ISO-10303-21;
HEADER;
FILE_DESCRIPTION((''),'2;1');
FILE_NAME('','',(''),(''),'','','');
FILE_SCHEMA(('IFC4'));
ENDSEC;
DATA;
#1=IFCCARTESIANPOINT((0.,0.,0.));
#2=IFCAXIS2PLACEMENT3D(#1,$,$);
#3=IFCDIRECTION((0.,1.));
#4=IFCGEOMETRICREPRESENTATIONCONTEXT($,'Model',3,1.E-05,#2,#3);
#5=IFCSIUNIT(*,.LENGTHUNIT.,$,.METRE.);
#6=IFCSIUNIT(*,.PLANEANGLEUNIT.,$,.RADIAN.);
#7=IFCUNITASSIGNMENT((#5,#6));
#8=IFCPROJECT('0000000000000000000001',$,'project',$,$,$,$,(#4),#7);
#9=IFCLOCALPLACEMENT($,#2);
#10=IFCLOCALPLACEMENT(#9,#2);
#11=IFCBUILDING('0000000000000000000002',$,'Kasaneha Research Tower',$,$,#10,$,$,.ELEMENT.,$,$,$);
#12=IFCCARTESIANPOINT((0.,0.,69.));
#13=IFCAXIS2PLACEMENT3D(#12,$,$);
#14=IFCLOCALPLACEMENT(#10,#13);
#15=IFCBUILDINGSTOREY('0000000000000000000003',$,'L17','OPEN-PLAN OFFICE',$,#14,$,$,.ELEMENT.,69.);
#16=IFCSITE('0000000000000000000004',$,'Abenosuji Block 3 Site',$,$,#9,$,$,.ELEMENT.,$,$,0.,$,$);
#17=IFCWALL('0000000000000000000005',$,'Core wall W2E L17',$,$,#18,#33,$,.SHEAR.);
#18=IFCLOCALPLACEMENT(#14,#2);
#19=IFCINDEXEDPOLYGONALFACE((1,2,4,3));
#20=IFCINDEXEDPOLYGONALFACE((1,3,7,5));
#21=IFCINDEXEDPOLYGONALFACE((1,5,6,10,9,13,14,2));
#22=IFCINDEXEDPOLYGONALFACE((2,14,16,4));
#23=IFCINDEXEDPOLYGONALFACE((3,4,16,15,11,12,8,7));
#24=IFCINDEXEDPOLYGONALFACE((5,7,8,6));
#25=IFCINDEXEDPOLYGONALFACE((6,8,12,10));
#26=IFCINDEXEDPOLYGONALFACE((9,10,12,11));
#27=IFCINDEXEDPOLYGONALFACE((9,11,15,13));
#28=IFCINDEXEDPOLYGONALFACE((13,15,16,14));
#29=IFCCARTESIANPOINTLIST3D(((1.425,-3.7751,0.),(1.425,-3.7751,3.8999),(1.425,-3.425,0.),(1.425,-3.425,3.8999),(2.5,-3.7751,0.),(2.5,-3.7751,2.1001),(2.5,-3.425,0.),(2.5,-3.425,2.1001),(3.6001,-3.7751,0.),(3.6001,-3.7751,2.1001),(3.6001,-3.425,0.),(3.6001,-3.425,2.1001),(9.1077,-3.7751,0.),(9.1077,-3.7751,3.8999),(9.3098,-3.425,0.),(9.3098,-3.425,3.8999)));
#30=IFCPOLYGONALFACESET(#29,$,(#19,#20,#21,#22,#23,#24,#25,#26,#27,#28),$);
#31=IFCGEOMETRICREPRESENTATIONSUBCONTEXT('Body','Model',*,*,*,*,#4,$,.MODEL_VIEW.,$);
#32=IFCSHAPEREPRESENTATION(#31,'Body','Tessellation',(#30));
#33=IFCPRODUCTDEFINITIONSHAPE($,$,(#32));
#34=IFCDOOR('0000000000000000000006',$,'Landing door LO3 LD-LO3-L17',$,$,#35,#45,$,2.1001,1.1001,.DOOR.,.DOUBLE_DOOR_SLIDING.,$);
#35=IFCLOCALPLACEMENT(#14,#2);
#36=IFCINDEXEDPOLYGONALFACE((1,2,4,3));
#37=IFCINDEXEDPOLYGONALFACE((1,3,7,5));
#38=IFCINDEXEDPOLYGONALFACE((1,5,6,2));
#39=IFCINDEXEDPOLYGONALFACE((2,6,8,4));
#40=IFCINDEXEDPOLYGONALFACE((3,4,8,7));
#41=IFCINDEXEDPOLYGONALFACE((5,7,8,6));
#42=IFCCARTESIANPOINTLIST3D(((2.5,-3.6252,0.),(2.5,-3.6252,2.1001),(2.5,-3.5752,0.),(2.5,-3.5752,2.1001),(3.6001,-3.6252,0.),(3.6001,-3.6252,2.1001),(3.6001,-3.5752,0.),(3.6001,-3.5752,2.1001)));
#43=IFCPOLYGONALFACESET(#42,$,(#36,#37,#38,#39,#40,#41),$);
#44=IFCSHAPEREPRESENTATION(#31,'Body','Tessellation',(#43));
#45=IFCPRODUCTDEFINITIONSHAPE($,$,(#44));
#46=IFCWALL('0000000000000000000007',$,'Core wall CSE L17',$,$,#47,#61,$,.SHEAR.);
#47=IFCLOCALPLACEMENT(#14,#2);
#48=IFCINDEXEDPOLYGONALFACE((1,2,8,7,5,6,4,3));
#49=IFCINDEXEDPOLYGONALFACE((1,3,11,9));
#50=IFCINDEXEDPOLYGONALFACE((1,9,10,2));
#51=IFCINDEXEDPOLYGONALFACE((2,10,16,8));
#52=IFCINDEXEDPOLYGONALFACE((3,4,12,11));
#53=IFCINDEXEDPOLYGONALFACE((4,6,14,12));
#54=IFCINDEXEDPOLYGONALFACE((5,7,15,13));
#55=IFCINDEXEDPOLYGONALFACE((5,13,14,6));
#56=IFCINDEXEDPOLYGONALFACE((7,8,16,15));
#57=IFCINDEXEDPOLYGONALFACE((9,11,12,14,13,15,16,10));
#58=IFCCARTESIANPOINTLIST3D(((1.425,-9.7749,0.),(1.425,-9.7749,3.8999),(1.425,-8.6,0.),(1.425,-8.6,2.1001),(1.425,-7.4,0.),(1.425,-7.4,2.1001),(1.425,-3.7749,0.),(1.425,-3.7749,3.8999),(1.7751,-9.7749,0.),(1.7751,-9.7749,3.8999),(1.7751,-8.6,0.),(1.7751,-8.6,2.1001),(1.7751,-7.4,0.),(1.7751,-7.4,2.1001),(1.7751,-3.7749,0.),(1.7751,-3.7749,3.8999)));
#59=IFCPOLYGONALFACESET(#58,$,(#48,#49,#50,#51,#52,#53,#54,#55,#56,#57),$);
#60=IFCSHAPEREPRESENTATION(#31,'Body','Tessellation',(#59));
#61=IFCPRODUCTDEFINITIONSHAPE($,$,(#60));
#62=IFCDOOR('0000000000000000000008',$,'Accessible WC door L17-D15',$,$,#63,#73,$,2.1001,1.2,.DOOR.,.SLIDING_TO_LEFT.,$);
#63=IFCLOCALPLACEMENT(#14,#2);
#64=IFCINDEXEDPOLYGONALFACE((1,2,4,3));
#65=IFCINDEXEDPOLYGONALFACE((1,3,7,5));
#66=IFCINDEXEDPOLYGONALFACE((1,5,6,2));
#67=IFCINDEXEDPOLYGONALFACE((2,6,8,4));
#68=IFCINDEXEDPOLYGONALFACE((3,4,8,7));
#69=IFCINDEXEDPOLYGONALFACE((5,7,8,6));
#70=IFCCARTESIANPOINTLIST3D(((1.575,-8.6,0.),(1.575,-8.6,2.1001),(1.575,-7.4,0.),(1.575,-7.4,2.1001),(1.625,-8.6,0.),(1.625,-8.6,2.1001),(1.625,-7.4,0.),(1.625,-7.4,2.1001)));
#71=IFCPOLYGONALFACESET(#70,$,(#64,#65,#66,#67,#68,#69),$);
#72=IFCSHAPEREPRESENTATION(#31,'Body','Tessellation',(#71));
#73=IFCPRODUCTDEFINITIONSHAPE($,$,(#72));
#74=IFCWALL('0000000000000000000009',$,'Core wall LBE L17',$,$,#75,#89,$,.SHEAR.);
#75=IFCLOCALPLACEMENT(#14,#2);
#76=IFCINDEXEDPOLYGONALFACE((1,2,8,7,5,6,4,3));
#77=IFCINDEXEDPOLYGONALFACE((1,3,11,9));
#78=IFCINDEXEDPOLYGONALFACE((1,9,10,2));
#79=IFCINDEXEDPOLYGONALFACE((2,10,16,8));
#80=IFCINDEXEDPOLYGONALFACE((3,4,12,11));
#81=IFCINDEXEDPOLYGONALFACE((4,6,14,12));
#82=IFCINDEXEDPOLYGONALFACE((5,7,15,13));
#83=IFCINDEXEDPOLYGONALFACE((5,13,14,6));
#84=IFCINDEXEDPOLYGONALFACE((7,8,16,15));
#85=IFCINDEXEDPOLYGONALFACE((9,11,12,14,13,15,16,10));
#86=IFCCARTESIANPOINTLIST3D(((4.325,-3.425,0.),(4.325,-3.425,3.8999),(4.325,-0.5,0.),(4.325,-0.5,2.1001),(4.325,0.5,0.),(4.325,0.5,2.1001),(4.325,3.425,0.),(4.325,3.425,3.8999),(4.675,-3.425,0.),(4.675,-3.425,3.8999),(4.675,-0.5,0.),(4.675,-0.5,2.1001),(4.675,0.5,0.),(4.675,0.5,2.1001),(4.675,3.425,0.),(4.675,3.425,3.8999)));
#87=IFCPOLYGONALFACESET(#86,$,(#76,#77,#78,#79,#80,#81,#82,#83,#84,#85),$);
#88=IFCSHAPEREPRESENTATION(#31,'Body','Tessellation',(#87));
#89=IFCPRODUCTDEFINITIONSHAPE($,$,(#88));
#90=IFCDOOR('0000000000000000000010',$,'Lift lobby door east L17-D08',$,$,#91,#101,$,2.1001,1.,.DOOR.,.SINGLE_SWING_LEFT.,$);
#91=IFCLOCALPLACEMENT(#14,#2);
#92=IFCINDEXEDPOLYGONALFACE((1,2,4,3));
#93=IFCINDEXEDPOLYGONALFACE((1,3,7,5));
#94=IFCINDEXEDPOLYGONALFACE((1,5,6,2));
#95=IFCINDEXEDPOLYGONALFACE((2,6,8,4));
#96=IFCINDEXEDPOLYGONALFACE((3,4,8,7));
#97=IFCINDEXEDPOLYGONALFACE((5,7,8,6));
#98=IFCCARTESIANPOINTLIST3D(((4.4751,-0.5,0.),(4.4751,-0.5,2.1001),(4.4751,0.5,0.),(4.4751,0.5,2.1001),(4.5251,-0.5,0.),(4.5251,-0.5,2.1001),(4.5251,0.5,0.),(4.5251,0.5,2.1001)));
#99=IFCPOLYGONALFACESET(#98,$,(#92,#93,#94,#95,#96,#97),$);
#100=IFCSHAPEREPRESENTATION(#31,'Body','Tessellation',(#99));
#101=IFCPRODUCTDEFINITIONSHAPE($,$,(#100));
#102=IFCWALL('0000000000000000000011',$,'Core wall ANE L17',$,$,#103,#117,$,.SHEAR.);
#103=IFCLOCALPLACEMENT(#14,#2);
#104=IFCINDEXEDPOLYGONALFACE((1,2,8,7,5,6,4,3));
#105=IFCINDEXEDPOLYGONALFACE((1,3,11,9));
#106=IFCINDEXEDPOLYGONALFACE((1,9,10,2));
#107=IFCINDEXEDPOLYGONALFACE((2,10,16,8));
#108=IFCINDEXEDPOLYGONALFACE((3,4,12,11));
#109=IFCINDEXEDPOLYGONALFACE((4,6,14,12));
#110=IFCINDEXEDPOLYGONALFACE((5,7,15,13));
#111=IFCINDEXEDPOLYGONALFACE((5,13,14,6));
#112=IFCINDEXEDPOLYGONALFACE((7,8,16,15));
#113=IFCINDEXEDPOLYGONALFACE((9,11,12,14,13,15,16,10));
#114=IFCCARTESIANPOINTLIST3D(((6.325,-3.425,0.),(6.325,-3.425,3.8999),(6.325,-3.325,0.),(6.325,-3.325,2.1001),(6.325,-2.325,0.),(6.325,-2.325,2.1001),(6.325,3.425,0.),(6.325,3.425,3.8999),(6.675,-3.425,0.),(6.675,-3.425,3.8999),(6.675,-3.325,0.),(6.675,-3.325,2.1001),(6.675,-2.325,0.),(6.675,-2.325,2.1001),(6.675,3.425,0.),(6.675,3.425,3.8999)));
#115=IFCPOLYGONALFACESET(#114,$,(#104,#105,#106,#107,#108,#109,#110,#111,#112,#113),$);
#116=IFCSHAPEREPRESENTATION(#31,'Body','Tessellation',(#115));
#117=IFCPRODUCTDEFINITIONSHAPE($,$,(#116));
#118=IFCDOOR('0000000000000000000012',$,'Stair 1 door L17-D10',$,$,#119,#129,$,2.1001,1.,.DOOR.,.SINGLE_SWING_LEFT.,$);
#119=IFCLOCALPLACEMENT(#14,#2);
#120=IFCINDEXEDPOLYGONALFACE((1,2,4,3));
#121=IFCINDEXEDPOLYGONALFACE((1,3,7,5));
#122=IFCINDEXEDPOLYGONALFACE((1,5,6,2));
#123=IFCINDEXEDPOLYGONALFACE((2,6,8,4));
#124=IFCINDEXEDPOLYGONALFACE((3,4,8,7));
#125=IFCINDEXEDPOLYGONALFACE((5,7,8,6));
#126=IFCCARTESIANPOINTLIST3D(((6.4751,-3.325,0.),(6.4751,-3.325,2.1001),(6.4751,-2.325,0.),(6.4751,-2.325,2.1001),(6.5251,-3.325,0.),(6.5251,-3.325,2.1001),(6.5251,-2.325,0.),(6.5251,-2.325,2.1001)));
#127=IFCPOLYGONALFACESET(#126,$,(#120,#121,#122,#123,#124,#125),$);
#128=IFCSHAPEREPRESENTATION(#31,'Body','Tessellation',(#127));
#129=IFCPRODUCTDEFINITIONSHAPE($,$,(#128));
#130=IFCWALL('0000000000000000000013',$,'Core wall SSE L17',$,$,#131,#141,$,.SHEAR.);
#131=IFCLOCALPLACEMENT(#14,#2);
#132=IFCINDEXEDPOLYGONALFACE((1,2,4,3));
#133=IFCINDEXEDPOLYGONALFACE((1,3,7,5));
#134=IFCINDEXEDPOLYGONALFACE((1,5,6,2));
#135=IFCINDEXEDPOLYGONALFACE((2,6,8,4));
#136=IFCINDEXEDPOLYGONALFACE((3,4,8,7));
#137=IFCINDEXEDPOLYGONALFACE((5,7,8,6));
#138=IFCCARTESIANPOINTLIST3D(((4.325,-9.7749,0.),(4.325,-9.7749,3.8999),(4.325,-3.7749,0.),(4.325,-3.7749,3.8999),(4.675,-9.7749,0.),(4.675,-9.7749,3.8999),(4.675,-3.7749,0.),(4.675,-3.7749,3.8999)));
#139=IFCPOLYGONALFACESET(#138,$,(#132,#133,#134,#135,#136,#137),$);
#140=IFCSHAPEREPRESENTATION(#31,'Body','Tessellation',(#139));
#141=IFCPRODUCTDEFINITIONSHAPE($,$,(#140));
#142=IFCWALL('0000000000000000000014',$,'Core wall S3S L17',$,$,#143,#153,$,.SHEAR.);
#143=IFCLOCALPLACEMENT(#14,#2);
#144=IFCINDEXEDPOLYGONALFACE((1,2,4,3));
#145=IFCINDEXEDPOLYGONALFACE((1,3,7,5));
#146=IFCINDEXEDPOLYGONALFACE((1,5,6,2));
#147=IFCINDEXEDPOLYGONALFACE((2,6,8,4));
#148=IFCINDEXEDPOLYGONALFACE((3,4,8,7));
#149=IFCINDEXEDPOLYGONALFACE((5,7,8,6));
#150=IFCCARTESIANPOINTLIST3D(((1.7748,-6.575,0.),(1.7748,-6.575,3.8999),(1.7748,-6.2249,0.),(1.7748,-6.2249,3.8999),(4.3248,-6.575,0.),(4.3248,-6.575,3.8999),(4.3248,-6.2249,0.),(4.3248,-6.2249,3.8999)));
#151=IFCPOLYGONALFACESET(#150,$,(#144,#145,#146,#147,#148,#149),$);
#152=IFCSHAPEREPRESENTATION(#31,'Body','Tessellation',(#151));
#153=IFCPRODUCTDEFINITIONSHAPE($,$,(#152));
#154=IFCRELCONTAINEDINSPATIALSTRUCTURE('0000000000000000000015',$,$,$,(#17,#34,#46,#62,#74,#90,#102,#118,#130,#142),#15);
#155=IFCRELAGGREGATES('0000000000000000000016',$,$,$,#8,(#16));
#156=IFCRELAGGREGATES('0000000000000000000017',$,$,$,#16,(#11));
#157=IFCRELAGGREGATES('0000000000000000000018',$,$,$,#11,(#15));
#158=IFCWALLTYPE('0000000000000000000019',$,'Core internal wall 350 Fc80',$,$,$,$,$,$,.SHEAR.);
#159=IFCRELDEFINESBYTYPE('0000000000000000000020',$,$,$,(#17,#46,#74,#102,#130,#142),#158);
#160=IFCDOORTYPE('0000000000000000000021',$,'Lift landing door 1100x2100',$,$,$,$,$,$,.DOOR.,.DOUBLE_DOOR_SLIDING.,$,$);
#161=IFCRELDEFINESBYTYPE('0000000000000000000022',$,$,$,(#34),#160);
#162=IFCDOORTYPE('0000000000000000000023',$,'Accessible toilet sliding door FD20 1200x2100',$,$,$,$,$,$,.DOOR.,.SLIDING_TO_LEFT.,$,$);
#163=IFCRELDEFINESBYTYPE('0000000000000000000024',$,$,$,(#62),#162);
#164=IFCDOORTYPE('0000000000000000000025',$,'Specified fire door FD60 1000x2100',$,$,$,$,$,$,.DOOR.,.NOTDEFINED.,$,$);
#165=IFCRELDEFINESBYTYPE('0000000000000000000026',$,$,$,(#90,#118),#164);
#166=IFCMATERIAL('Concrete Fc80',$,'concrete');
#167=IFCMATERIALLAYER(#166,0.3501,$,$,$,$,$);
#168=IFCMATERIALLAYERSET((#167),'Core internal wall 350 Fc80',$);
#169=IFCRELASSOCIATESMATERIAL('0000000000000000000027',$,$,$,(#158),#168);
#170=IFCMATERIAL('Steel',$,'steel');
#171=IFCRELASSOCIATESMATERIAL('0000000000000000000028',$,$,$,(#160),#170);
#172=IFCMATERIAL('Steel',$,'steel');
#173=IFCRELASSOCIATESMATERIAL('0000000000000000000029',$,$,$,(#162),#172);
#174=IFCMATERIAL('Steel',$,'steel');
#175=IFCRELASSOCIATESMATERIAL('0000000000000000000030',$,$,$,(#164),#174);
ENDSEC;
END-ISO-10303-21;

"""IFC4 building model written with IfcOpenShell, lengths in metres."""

from ifc_helpers import new_model, si_unit, direction, frame, frame_2d, origin, place, context, subcontext, project, spatial, polyline, rectangle, outline, extrude, material, layer, layer_set, type_object, element, fill, save


model = new_model("IFC4")

# Units and contexts
model_context = context("Model", 3, precision=1e-05, world=origin(), true_north=direction((0.0, 1.0)))
body_context = subcontext(model_context, "Body", "Model", "MODEL_VIEW")
ifc_project = project(units=[si_unit("LENGTHUNIT", "METRE"), si_unit("PLANEANGLEUNIT", "RADIAN")], contexts=[model_context])

# Site, building, storey
site_placement = place(None, origin())
site = spatial("IfcSite", under=ifc_project, at=site_placement, Name="Abenosuji Block 3 Site", CompositionType="ELEMENT", RefElevation=0.0)
building_placement = place(site_placement, origin())
building = spatial("IfcBuilding", under=site, at=building_placement, Name="Kasaneha Research Tower", CompositionType="ELEMENT")
storey_placement = place(building_placement, frame((0.0, 0.0, 69.0)))
storey = spatial("IfcBuildingStorey", under=building, at=storey_placement, Name="L17", Description="OPEN-PLAN OFFICE", CompositionType="ELEMENT", Elevation=69.0)

# Walls, openings, doors
ifc_material_1 = material(Name="Concrete Fc80", Category="concrete")
ifc_layer_1 = layer(ifc_material_1, 0.3501)
ifc_layer_set_1 = layer_set([ifc_layer_1], Name="Core internal wall 350 Fc80")
wall_type_1 = type_object("IfcWallType", Name="Core internal wall 350 Fc80", PredefinedType="SHEAR", material=ifc_layer_set_1)
wall_1_placement = place(storey_placement, frame((1.425, -3.6001, 0.0), z_axis=(0.0, 0.0, 1.0), x_axis=(1.0, 0.0, 0.0)))
wall_1 = element("IfcWall", 1, at=wall_1_placement, inside=storey, type_object=wall_type_1, Name="Core wall W2E L17", PredefinedType="SHEAR", context=body_context, shape_type="SweptSolid", body=[
    extrude(outline(polyline([(0.0, -0.175), (1.075, -0.175), (2.175, -0.175), (7.6826, -0.175), (7.8848, 0.175), (2.175, 0.175), (1.075, 0.175), (0.0, 0.175), (0.0, -0.175)])), origin(), (0.0, 0.0, 1.0), 3.8999),
])
opening_1_placement = place(wall_1_placement, frame((1.075, 0.0, 0.0)))
opening_1 = element("IfcOpeningElement", 2, at=opening_1_placement, cuts=wall_1, PredefinedType="OPENING", context=body_context, shape_type="SweptSolid", body=[
    extrude(rectangle(XDim=1.1001, YDim=2.1001, at=frame_2d((0.55, 1.05))), frame((0.0, 0.1851, 0.0), z_axis=(0.0, -1.0, 0.0), x_axis=(1.0, 0.0, 0.0)), (0.0, 0.0, 1.0), 0.3701),
])
ifc_material_2 = material(Name="Steel", Category="steel")
door_type_1 = type_object("IfcDoorType", Name="Lift landing door 1100x2100", OperationType="DOUBLE_DOOR_SLIDING", PredefinedType="DOOR", material=ifc_material_2)
door_1_placement = place(opening_1_placement, origin())
door_1 = element("IfcDoor", 3, at=door_1_placement, inside=storey, type_object=door_type_1, Name="Landing door LO3 LD-LO3-L17", OperationType="DOUBLE_DOOR_SLIDING", OverallHeight=2.1001, OverallWidth=1.1001, PredefinedType="DOOR", context=body_context, shape_type="SweptSolid", body=[
    extrude(rectangle(XDim=1.1001, YDim=2.1001, at=frame_2d((0.55, 1.05))), frame((0.0, 0.0249, 0.0), z_axis=(0.0, -1.0, 0.0), x_axis=(1.0, 0.0, 0.0)), (0.0, 0.0, 1.0), 0.05),
])
fill(opening_1, door_1)
wall_2_placement = place(storey_placement, frame((1.6001, -3.7749, 0.0), z_axis=(0.0, 0.0, 1.0), x_axis=(0.0, -1.0, 0.0)))
wall_2 = element("IfcWall", 4, at=wall_2_placement, inside=storey, type_object=wall_type_1, Name="Core wall CSE L17", PredefinedType="SHEAR", context=body_context, shape_type="SweptSolid", body=[
    extrude(rectangle(XDim=6.0, YDim=0.3501, at=frame_2d((3.0, 0.0))), origin(), (0.0, 0.0, 1.0), 3.8999),
])
opening_2_placement = place(wall_2_placement, frame((3.625, 0.0, 0.0)))
opening_2 = element("IfcOpeningElement", 5, at=opening_2_placement, cuts=wall_2, PredefinedType="OPENING", context=body_context, shape_type="SweptSolid", body=[
    extrude(rectangle(XDim=1.2, YDim=2.1001, at=frame_2d((0.6001, 1.05))), frame((0.0, 0.1851, 0.0), z_axis=(0.0, -1.0, 0.0), x_axis=(1.0, 0.0, 0.0)), (0.0, 0.0, 1.0), 0.3701),
])
ifc_material_3 = material(Name="Steel", Category="steel")
door_type_2 = type_object("IfcDoorType", Name="Accessible toilet sliding door FD20 1200x2100", OperationType="SLIDING_TO_LEFT", PredefinedType="DOOR", material=ifc_material_3)
door_2_placement = place(opening_2_placement, origin())
door_2 = element("IfcDoor", 6, at=door_2_placement, inside=storey, type_object=door_type_2, Name="Accessible WC door L17-D15", OperationType="SLIDING_TO_LEFT", OverallHeight=2.1001, OverallWidth=1.2, PredefinedType="DOOR", context=body_context, shape_type="SweptSolid", body=[
    extrude(rectangle(XDim=1.2, YDim=2.1001, at=frame_2d((0.6001, 1.05))), frame((0.0, 0.0249, 0.0), z_axis=(0.0, -1.0, 0.0), x_axis=(1.0, 0.0, 0.0)), (0.0, 0.0, 1.0), 0.05),
])
fill(opening_2, door_2)
wall_3_placement = place(storey_placement, frame((4.5, -3.425, 0.0), z_axis=(0.0, 0.0, 1.0), x_axis=(0.0, 1.0, 0.0)))
wall_3 = element("IfcWall", 7, at=wall_3_placement, inside=storey, type_object=wall_type_1, Name="Core wall LBE L17", PredefinedType="SHEAR", context=body_context, shape_type="SweptSolid", body=[
    extrude(rectangle(XDim=6.8501, YDim=0.3501, at=frame_2d((3.425, 0.0))), origin(), (0.0, 0.0, 1.0), 3.8999),
])
opening_3_placement = place(wall_3_placement, frame((2.925, 0.0, 0.0)))
opening_3 = element("IfcOpeningElement", 8, at=opening_3_placement, cuts=wall_3, PredefinedType="OPENING", context=body_context, shape_type="SweptSolid", body=[
    extrude(rectangle(XDim=1.0, YDim=2.1001, at=frame_2d((0.5, 1.05))), frame((0.0, 0.1851, 0.0), z_axis=(0.0, -1.0, 0.0), x_axis=(1.0, 0.0, 0.0)), (0.0, 0.0, 1.0), 0.3701),
])
ifc_material_4 = material(Name="Steel", Category="steel")
door_type_3 = type_object("IfcDoorType", Name="Specified fire door FD60 1000x2100", OperationType="NOTDEFINED", PredefinedType="DOOR", material=ifc_material_4)
door_3_placement = place(opening_3_placement, origin())
door_3 = element("IfcDoor", 9, at=door_3_placement, inside=storey, type_object=door_type_3, Name="Lift lobby door east L17-D08", OperationType="SINGLE_SWING_LEFT", OverallHeight=2.1001, OverallWidth=1.0, PredefinedType="DOOR", context=body_context, shape_type="SweptSolid", body=[
    extrude(rectangle(XDim=1.0, YDim=2.1001, at=frame_2d((0.5, 1.05))), frame((0.0, 0.0249, 0.0), z_axis=(0.0, -1.0, 0.0), x_axis=(1.0, 0.0, 0.0)), (0.0, 0.0, 1.0), 0.05),
])
fill(opening_3, door_3)
wall_4_placement = place(storey_placement, frame((6.5, -3.425, 0.0), z_axis=(0.0, 0.0, 1.0), x_axis=(0.0, 1.0, 0.0)))
wall_4 = element("IfcWall", 10, at=wall_4_placement, inside=storey, type_object=wall_type_1, Name="Core wall ANE L17", PredefinedType="SHEAR", context=body_context, shape_type="SweptSolid", body=[
    extrude(rectangle(XDim=6.8501, YDim=0.3501, at=frame_2d((3.425, 0.0))), origin(), (0.0, 0.0, 1.0), 3.8999),
])
opening_4_placement = place(wall_4_placement, frame((0.1001, 0.0, 0.0)))
opening_4 = element("IfcOpeningElement", 11, at=opening_4_placement, cuts=wall_4, PredefinedType="OPENING", context=body_context, shape_type="SweptSolid", body=[
    extrude(rectangle(XDim=1.0, YDim=2.1001, at=frame_2d((0.5, 1.05))), frame((0.0, 0.1851, 0.0), z_axis=(0.0, -1.0, 0.0), x_axis=(1.0, 0.0, 0.0)), (0.0, 0.0, 1.0), 0.3701),
])
door_4_placement = place(opening_4_placement, origin())
door_4 = element("IfcDoor", 12, at=door_4_placement, inside=storey, type_object=door_type_3, Name="Stair 1 door L17-D10", OperationType="SINGLE_SWING_LEFT", OverallHeight=2.1001, OverallWidth=1.0, PredefinedType="DOOR", context=body_context, shape_type="SweptSolid", body=[
    extrude(rectangle(XDim=1.0, YDim=2.1001, at=frame_2d((0.5, 1.05))), frame((0.0, 0.0249, 0.0), z_axis=(0.0, -1.0, 0.0), x_axis=(1.0, 0.0, 0.0)), (0.0, 0.0, 1.0), 0.05),
])
fill(opening_4, door_4)

# Walls
wall_5_placement = place(storey_placement, frame((4.5, -3.7749, 0.0), z_axis=(0.0, 0.0, 1.0), x_axis=(0.0, -1.0, 0.0)))
element("IfcWall", 13, at=wall_5_placement, inside=storey, type_object=wall_type_1, Name="Core wall SSE L17", PredefinedType="SHEAR", context=body_context, shape_type="SweptSolid", body=[
    extrude(rectangle(XDim=6.0, YDim=0.3501, at=frame_2d((3.0, 0.0))), origin(), (0.0, 0.0, 1.0), 3.8999),
])
wall_6_placement = place(storey_placement, frame((1.7749, -6.3999, 0.0), z_axis=(0.0, 0.0, 1.0), x_axis=(1.0, 0.0, 0.0)))
element("IfcWall", 14, at=wall_6_placement, inside=storey, type_object=wall_type_1, Name="Core wall S3S L17", PredefinedType="SHEAR", context=body_context, shape_type="SweptSolid", body=[
    extrude(rectangle(XDim=2.55, YDim=0.3501, at=frame_2d((1.2749, 0.0))), origin(), (0.0, 0.0, 1.0), 3.8999),
])

save(model, "model.ifc")
